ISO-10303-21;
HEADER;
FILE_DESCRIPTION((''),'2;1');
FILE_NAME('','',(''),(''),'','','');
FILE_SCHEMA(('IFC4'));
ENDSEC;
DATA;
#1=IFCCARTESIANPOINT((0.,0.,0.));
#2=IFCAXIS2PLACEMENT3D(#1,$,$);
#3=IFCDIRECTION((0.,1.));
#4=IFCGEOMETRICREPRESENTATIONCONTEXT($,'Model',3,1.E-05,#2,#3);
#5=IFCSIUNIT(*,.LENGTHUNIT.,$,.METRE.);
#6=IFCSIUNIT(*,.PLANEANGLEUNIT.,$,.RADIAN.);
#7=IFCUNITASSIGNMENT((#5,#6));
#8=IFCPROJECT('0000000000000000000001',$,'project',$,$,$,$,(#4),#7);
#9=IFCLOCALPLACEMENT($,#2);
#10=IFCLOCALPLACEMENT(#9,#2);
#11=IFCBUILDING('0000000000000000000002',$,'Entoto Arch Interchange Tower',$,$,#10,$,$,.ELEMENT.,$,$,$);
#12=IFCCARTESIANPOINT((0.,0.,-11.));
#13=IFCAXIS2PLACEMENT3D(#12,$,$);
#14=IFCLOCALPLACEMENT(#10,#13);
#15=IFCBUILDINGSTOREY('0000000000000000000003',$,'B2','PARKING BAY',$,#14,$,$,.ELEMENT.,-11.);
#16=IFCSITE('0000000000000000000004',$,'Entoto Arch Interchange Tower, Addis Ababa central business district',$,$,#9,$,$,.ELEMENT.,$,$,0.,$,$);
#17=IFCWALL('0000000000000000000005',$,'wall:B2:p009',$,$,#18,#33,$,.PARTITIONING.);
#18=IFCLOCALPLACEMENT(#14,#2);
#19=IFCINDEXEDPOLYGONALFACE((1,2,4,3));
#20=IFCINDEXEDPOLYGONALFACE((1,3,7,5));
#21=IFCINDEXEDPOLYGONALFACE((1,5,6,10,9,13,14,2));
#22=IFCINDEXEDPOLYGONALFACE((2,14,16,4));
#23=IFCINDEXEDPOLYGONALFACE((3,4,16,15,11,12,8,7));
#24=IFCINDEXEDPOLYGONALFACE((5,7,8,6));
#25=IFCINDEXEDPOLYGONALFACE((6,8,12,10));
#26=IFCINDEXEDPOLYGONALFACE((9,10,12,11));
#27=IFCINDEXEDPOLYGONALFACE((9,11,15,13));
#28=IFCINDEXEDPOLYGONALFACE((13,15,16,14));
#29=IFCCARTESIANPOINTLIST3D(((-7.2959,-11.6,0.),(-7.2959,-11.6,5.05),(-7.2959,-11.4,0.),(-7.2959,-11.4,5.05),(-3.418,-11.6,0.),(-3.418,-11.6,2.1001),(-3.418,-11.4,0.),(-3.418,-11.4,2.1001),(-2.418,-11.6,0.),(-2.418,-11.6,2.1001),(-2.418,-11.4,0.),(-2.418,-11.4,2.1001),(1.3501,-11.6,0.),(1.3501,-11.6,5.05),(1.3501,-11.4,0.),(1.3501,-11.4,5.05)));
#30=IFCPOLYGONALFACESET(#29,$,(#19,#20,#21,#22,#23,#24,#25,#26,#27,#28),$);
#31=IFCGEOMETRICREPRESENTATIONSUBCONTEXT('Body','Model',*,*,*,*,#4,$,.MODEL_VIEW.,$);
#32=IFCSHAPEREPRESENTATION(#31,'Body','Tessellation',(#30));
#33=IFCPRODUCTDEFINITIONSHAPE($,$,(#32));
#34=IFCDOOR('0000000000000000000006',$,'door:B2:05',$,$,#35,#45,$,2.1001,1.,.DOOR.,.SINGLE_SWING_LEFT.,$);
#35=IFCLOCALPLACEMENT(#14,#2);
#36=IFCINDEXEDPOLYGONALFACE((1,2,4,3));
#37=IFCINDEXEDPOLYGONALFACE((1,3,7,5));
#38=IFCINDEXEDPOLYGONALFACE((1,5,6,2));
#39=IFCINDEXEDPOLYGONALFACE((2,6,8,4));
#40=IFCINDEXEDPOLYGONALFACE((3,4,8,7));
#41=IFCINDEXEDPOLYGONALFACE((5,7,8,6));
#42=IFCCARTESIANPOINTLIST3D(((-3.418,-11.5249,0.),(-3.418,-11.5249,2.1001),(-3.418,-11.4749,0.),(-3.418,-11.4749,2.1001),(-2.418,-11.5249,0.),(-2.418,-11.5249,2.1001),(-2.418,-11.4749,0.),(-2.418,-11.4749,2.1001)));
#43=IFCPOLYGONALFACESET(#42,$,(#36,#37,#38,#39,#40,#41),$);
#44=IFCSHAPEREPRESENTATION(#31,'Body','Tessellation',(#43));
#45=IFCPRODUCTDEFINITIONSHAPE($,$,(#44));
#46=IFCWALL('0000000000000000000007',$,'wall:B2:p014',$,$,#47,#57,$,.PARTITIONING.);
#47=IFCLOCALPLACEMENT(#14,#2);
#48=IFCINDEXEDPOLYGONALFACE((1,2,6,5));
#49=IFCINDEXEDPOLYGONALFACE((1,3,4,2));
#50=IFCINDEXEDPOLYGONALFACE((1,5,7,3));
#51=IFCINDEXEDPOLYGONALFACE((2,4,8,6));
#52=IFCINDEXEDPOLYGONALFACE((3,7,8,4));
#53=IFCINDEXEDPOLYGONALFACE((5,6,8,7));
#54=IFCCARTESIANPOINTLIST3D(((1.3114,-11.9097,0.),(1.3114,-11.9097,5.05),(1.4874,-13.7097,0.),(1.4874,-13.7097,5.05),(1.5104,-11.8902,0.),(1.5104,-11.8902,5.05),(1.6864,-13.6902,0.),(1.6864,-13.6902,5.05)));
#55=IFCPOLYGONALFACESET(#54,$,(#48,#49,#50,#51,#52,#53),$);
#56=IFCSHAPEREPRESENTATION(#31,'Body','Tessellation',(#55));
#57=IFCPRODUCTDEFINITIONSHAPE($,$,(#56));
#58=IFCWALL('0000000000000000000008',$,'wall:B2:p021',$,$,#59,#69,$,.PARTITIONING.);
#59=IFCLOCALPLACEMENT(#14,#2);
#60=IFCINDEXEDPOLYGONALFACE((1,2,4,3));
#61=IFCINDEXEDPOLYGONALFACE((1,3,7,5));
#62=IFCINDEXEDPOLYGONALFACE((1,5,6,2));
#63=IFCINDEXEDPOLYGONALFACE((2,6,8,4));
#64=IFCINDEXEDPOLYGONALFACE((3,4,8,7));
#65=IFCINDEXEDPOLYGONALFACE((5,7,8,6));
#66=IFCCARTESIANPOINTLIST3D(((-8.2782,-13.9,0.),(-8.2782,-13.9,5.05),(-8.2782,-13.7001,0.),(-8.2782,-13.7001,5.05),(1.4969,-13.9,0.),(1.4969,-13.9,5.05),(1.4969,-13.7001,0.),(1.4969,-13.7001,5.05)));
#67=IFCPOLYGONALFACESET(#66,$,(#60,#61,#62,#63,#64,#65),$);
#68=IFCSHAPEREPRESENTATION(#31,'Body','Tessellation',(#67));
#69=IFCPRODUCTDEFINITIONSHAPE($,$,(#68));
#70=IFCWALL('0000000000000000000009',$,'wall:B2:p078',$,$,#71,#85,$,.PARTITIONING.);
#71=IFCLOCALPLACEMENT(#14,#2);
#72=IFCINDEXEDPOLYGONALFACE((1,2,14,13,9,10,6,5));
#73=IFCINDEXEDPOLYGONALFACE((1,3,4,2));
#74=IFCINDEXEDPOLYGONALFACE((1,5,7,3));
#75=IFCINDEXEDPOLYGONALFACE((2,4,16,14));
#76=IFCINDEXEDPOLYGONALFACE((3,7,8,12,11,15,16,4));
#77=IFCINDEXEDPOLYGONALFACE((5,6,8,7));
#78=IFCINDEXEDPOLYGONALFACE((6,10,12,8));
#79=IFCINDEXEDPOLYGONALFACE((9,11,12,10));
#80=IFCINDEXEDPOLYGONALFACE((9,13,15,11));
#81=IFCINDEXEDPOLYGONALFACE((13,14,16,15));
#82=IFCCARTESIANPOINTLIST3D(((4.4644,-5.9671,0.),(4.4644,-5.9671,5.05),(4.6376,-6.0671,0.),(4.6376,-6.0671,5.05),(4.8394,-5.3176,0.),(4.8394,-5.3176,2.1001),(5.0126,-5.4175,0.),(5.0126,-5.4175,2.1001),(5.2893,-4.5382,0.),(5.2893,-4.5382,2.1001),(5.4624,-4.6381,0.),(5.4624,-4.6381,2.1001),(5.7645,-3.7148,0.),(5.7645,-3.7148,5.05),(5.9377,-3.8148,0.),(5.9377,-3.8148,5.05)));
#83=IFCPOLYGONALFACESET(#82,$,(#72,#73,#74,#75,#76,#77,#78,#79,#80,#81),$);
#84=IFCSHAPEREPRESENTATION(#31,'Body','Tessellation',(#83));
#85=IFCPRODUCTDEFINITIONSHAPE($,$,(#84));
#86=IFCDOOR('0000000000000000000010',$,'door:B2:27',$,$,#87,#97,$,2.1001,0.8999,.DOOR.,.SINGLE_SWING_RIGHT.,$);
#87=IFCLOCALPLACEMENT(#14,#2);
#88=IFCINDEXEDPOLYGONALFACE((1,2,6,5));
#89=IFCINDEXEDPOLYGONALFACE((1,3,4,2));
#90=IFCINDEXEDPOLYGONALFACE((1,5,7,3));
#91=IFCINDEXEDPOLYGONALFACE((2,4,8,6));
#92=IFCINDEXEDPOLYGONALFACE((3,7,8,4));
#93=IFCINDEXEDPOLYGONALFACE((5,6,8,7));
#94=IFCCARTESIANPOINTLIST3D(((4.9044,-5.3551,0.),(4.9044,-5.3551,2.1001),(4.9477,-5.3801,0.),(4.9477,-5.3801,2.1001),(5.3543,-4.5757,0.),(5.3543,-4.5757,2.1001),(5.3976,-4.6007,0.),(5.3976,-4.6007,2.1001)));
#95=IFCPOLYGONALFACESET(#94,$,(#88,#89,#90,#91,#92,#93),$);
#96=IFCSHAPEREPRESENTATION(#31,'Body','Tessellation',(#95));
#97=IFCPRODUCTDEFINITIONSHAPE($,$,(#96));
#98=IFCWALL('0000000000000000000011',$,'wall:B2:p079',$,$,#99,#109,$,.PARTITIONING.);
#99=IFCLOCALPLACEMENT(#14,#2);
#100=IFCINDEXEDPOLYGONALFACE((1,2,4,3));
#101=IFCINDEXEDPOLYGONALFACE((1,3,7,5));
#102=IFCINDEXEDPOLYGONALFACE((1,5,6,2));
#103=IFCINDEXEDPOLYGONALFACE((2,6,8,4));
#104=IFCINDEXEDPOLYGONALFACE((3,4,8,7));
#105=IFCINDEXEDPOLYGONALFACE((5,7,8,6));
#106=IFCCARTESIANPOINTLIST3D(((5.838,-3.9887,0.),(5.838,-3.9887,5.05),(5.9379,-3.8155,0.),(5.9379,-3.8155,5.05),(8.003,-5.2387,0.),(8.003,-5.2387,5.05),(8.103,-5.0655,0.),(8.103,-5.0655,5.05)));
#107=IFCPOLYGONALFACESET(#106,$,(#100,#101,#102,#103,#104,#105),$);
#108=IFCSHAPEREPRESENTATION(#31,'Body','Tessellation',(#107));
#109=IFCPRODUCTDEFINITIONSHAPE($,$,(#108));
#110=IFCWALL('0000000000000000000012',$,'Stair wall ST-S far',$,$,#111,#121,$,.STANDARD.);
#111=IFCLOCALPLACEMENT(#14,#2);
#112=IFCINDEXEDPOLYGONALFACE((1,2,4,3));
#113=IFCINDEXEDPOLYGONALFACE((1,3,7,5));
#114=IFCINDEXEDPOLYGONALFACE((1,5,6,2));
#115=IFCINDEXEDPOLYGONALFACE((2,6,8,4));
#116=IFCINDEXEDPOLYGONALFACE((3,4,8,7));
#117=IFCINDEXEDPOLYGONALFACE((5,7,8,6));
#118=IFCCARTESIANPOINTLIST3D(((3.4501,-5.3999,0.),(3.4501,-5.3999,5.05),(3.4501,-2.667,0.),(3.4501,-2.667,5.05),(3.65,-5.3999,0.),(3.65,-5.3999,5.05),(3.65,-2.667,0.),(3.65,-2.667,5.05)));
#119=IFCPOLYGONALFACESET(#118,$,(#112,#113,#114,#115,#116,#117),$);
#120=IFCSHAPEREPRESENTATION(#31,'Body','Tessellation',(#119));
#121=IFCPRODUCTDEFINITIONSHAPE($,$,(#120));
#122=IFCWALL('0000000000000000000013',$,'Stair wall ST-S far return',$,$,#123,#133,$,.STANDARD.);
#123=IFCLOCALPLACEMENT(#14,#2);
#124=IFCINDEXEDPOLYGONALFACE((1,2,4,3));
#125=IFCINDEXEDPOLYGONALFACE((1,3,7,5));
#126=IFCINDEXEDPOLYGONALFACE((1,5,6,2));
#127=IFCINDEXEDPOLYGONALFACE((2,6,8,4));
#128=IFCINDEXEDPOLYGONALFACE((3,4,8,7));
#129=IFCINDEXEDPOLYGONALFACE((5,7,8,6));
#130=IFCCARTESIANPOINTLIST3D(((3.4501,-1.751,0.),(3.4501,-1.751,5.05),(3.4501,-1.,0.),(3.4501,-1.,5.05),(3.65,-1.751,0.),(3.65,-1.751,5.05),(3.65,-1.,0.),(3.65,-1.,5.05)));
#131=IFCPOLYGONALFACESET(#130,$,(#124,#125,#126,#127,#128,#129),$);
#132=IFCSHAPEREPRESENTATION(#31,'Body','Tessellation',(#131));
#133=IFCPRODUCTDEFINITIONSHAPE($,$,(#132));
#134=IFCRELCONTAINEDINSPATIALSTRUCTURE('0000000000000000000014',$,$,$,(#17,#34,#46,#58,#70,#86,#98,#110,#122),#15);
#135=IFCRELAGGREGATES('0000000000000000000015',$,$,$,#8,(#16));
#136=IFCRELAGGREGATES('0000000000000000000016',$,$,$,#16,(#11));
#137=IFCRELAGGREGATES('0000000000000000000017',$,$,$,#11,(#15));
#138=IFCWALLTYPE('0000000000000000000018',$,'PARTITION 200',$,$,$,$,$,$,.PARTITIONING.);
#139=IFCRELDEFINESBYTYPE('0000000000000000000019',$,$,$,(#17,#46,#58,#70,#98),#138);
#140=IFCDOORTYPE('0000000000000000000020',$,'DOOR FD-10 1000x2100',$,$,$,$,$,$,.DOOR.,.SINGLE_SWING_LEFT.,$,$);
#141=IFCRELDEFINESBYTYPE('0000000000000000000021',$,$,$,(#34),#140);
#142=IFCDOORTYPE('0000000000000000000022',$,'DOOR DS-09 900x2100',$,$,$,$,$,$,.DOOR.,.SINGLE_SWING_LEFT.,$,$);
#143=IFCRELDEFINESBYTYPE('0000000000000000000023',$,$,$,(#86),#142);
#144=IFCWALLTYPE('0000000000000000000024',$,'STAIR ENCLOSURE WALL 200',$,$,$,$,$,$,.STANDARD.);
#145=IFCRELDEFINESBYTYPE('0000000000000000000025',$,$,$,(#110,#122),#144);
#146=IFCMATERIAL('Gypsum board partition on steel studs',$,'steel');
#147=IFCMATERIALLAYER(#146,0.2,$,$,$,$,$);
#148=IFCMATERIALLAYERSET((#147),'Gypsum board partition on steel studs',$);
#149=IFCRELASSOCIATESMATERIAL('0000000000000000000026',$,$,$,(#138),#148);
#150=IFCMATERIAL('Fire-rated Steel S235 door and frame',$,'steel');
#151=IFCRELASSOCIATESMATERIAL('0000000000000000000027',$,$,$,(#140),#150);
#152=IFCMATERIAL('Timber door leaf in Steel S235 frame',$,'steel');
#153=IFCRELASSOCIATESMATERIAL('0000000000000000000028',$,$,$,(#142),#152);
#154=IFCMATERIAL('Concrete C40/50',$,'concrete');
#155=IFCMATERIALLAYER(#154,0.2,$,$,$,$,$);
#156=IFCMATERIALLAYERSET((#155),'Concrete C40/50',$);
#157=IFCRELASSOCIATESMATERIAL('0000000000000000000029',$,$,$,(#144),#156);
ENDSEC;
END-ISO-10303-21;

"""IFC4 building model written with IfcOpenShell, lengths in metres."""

from ifc_helpers import new_model, si_unit, direction, frame, frame_2d, origin, place, context, subcontext, project, spatial, rectangle, extrude, material, layer, layer_set, type_object, element, fill, save


model = new_model("IFC4")

# Units and contexts
model_context = context("Model", 3, precision=1e-05, world=origin(), true_north=direction((0.0, 1.0)))
body_context = subcontext(model_context, "Body", "Model", "MODEL_VIEW")
ifc_project = project(units=[si_unit("LENGTHUNIT", "METRE"), si_unit("PLANEANGLEUNIT", "RADIAN")], contexts=[model_context])

# Site, building, storey
site_placement = place(None, origin())
site = spatial("IfcSite", under=ifc_project, at=site_placement, Name="Entoto Arch Interchange Tower, Addis Ababa central business district", CompositionType="ELEMENT", RefElevation=0.0)
building_placement = place(site_placement, origin())
building = spatial("IfcBuilding", under=site, at=building_placement, Name="Entoto Arch Interchange Tower", CompositionType="ELEMENT")
storey_placement = place(building_placement, frame((0.0, 0.0, -11.0)))
storey = spatial("IfcBuildingStorey", under=building, at=storey_placement, Name="B2", Description="PARKING BAY", CompositionType="ELEMENT", Elevation=-11.0)

# Shared definitions
ifc_material_1 = material(Name="Fire-rated Steel S235 door and frame", Category="steel")

# Shared definitions
ifc_material_2 = material(Name="Concrete C40/50", Category="concrete")

# Shared definitions
ifc_material_3 = material(Name="Gypsum board partition on steel studs", Category="steel")
ifc_layer_1 = layer(ifc_material_3, 0.2)
ifc_layer_set_1 = layer_set([ifc_layer_1], Name="Gypsum board partition on steel studs")
wall_type_1 = type_object("IfcWallType", Name="PARTITION 200", PredefinedType="PARTITIONING", material=ifc_layer_set_1)
door_type_1 = type_object("IfcDoorType", Name="DOOR FD-10 1000x2100", OperationType="SINGLE_SWING_LEFT", PredefinedType="DOOR", material=ifc_material_1)

# Wall, opening, door
wall_1_placement = place(storey_placement, frame((1.3501, -11.5, 0.0), z_axis=(0.0, 0.0, 1.0), x_axis=(-1.0, 0.0, 0.0)))
wall_1 = element("IfcWall", 1, at=wall_1_placement, inside=storey, type_object=wall_type_1, Name="wall:B2:p009", PredefinedType="PARTITIONING", context=body_context, shape_type="SweptSolid", body=[
    extrude(rectangle(XDim=8.646, YDim=0.2, at=frame_2d((4.323, 0.0))), origin(), (0.0, 0.0, 1.0), 5.05),
])
opening_1_placement = place(wall_1_placement, frame((3.7681, 0.0, 0.0)))
opening_1 = element("IfcOpeningElement", 2, at=opening_1_placement, cuts=wall_1, PredefinedType="OPENING", context=body_context, shape_type="SweptSolid", body=[
    extrude(rectangle(XDim=1.0, YDim=2.1001, at=frame_2d((0.5, 1.05))), frame((0.0, 0.1099, 0.0), z_axis=(0.0, -1.0, 0.0), x_axis=(1.0, 0.0, 0.0)), (0.0, 0.0, 1.0), 0.22),
])
door_1_placement = place(opening_1_placement, origin())
door_1 = element("IfcDoor", 3, at=door_1_placement, inside=storey, type_object=door_type_1, Name="door:B2:05", OperationType="SINGLE_SWING_LEFT", OverallHeight=2.1001, OverallWidth=1.0, PredefinedType="DOOR", context=body_context, shape_type="SweptSolid", body=[
    extrude(rectangle(XDim=1.0, YDim=2.1001, at=frame_2d((0.5, 1.05))), frame((0.0, 0.0249, 0.0), z_axis=(0.0, -1.0, 0.0), x_axis=(1.0, 0.0, 0.0)), (0.0, 0.0, 1.0), 0.05),
])
fill(opening_1, door_1)

# Walls
wall_2_placement = place(storey_placement, frame((1.5869, -13.7, 0.0), z_axis=(0.0, 0.0, 1.0), x_axis=(-0.097325, 0.995253, 0.0)))
element("IfcWall", 4, at=wall_2_placement, inside=storey, type_object=wall_type_1, Name="wall:B2:p014", PredefinedType="PARTITIONING", context=body_context, shape_type="SweptSolid", body=[
    extrude(rectangle(XDim=1.8086, YDim=0.2, at=frame_2d((0.9043, 0.0))), origin(), (0.0, 0.0, 1.0), 5.05),
])
wall_3_placement = place(storey_placement, frame((1.4971, -13.8, 0.0), z_axis=(0.0, 0.0, 1.0), x_axis=(-1.0, 0.0, 0.0)))
element("IfcWall", 5, at=wall_3_placement, inside=storey, type_object=wall_type_1, Name="wall:B2:p021", PredefinedType="PARTITIONING", context=body_context, shape_type="SweptSolid", body=[
    extrude(rectangle(XDim=9.7751, YDim=0.2, at=frame_2d((4.8877, 0.0))), origin(), (0.0, 0.0, 1.0), 5.05),
])

# Wall, opening, door
wall_4_placement = place(storey_placement, frame((4.551, -6.0171, 0.0), z_axis=(0.0, 0.0, 1.0), x_axis=(0.499926, 0.866068, 0.0)))
wall_4 = element("IfcWall", 6, at=wall_4_placement, inside=storey, type_object=wall_type_1, Name="wall:B2:p078", PredefinedType="PARTITIONING", context=body_context, shape_type="SweptSolid", body=[
    extrude(rectangle(XDim=2.6006, YDim=0.2, at=frame_2d((1.3003, 0.0))), origin(), (0.0, 0.0, 1.0), 5.05),
])
opening_2_placement = place(wall_4_placement, frame((0.75, 0.0, 0.0)))
opening_2 = element("IfcOpeningElement", 7, at=opening_2_placement, cuts=wall_4, PredefinedType="OPENING", context=body_context, shape_type="SweptSolid", body=[
    extrude(rectangle(XDim=0.8999, YDim=2.1001, at=frame_2d((0.45, 1.05))), frame((0.0, 0.1099, 0.0), z_axis=(0.0, -1.0, 0.0), x_axis=(1.0, 0.0, 0.0)), (0.0, 0.0, 1.0), 0.22),
])
ifc_material_4 = material(Name="Timber door leaf in Steel S235 frame", Category="steel")
door_type_2 = type_object("IfcDoorType", Name="DOOR DS-09 900x2100", OperationType="SINGLE_SWING_LEFT", PredefinedType="DOOR", material=ifc_material_4)
door_2_placement = place(opening_2_placement, origin())
door_2 = element("IfcDoor", 8, at=door_2_placement, inside=storey, type_object=door_type_2, Name="door:B2:27", OperationType="SINGLE_SWING_RIGHT", OverallHeight=2.1001, OverallWidth=0.8999, PredefinedType="DOOR", context=body_context, shape_type="SweptSolid", body=[
    extrude(rectangle(XDim=0.8999, YDim=2.1001, at=frame_2d((0.45, 1.05))), frame((0.0, 0.0249, 0.0), z_axis=(0.0, -1.0, 0.0), x_axis=(1.0, 0.0, 0.0)), (0.0, 0.0, 1.0), 0.05),
])
fill(opening_2, door_2)

# Walls
wall_5_placement = place(storey_placement, frame((5.8879, -3.9021, 0.0), z_axis=(0.0, 0.0, 1.0), x_axis=(0.866023, -0.500004, 0.0)))
element("IfcWall", 9, at=wall_5_placement, inside=storey, type_object=wall_type_1, Name="wall:B2:p079", PredefinedType="PARTITIONING", context=body_context, shape_type="SweptSolid", body=[
    extrude(rectangle(XDim=2.5, YDim=0.2, at=frame_2d((1.25, 0.0))), origin(), (0.0, 0.0, 1.0), 5.05),
])
ifc_layer_2 = layer(ifc_material_2, 0.2)
ifc_layer_set_2 = layer_set([ifc_layer_2], Name="Concrete C40/50")
wall_type_2 = type_object("IfcWallType", Name="STAIR ENCLOSURE WALL 200", PredefinedType="STANDARD", material=ifc_layer_set_2)
wall_6_placement = place(storey_placement, frame((3.55, -2.667, 0.0), z_axis=(0.0, 0.0, 1.0), x_axis=(0.0, -1.0, 0.0)))
element("IfcWall", 10, at=wall_6_placement, inside=storey, type_object=wall_type_2, Name="Stair wall ST-S far", PredefinedType="STANDARD", context=body_context, shape_type="SweptSolid", body=[
    extrude(rectangle(XDim=2.7329, YDim=0.2, at=frame_2d((1.3665, 0.0))), origin(), (0.0, 0.0, 1.0), 5.05),
])
wall_7_placement = place(storey_placement, frame((3.55, -1.0, 0.0), z_axis=(0.0, 0.0, 1.0), x_axis=(0.0, -1.0, 0.0)))
element("IfcWall", 11, at=wall_7_placement, inside=storey, type_object=wall_type_2, Name="Stair wall ST-S far return", PredefinedType="STANDARD", context=body_context, shape_type="SweptSolid", body=[
    extrude(rectangle(XDim=0.751, YDim=0.2, at=frame_2d((0.3755, 0.0))), origin(), (0.0, 0.0, 1.0), 5.05),
])

save(model, "model.ifc")
